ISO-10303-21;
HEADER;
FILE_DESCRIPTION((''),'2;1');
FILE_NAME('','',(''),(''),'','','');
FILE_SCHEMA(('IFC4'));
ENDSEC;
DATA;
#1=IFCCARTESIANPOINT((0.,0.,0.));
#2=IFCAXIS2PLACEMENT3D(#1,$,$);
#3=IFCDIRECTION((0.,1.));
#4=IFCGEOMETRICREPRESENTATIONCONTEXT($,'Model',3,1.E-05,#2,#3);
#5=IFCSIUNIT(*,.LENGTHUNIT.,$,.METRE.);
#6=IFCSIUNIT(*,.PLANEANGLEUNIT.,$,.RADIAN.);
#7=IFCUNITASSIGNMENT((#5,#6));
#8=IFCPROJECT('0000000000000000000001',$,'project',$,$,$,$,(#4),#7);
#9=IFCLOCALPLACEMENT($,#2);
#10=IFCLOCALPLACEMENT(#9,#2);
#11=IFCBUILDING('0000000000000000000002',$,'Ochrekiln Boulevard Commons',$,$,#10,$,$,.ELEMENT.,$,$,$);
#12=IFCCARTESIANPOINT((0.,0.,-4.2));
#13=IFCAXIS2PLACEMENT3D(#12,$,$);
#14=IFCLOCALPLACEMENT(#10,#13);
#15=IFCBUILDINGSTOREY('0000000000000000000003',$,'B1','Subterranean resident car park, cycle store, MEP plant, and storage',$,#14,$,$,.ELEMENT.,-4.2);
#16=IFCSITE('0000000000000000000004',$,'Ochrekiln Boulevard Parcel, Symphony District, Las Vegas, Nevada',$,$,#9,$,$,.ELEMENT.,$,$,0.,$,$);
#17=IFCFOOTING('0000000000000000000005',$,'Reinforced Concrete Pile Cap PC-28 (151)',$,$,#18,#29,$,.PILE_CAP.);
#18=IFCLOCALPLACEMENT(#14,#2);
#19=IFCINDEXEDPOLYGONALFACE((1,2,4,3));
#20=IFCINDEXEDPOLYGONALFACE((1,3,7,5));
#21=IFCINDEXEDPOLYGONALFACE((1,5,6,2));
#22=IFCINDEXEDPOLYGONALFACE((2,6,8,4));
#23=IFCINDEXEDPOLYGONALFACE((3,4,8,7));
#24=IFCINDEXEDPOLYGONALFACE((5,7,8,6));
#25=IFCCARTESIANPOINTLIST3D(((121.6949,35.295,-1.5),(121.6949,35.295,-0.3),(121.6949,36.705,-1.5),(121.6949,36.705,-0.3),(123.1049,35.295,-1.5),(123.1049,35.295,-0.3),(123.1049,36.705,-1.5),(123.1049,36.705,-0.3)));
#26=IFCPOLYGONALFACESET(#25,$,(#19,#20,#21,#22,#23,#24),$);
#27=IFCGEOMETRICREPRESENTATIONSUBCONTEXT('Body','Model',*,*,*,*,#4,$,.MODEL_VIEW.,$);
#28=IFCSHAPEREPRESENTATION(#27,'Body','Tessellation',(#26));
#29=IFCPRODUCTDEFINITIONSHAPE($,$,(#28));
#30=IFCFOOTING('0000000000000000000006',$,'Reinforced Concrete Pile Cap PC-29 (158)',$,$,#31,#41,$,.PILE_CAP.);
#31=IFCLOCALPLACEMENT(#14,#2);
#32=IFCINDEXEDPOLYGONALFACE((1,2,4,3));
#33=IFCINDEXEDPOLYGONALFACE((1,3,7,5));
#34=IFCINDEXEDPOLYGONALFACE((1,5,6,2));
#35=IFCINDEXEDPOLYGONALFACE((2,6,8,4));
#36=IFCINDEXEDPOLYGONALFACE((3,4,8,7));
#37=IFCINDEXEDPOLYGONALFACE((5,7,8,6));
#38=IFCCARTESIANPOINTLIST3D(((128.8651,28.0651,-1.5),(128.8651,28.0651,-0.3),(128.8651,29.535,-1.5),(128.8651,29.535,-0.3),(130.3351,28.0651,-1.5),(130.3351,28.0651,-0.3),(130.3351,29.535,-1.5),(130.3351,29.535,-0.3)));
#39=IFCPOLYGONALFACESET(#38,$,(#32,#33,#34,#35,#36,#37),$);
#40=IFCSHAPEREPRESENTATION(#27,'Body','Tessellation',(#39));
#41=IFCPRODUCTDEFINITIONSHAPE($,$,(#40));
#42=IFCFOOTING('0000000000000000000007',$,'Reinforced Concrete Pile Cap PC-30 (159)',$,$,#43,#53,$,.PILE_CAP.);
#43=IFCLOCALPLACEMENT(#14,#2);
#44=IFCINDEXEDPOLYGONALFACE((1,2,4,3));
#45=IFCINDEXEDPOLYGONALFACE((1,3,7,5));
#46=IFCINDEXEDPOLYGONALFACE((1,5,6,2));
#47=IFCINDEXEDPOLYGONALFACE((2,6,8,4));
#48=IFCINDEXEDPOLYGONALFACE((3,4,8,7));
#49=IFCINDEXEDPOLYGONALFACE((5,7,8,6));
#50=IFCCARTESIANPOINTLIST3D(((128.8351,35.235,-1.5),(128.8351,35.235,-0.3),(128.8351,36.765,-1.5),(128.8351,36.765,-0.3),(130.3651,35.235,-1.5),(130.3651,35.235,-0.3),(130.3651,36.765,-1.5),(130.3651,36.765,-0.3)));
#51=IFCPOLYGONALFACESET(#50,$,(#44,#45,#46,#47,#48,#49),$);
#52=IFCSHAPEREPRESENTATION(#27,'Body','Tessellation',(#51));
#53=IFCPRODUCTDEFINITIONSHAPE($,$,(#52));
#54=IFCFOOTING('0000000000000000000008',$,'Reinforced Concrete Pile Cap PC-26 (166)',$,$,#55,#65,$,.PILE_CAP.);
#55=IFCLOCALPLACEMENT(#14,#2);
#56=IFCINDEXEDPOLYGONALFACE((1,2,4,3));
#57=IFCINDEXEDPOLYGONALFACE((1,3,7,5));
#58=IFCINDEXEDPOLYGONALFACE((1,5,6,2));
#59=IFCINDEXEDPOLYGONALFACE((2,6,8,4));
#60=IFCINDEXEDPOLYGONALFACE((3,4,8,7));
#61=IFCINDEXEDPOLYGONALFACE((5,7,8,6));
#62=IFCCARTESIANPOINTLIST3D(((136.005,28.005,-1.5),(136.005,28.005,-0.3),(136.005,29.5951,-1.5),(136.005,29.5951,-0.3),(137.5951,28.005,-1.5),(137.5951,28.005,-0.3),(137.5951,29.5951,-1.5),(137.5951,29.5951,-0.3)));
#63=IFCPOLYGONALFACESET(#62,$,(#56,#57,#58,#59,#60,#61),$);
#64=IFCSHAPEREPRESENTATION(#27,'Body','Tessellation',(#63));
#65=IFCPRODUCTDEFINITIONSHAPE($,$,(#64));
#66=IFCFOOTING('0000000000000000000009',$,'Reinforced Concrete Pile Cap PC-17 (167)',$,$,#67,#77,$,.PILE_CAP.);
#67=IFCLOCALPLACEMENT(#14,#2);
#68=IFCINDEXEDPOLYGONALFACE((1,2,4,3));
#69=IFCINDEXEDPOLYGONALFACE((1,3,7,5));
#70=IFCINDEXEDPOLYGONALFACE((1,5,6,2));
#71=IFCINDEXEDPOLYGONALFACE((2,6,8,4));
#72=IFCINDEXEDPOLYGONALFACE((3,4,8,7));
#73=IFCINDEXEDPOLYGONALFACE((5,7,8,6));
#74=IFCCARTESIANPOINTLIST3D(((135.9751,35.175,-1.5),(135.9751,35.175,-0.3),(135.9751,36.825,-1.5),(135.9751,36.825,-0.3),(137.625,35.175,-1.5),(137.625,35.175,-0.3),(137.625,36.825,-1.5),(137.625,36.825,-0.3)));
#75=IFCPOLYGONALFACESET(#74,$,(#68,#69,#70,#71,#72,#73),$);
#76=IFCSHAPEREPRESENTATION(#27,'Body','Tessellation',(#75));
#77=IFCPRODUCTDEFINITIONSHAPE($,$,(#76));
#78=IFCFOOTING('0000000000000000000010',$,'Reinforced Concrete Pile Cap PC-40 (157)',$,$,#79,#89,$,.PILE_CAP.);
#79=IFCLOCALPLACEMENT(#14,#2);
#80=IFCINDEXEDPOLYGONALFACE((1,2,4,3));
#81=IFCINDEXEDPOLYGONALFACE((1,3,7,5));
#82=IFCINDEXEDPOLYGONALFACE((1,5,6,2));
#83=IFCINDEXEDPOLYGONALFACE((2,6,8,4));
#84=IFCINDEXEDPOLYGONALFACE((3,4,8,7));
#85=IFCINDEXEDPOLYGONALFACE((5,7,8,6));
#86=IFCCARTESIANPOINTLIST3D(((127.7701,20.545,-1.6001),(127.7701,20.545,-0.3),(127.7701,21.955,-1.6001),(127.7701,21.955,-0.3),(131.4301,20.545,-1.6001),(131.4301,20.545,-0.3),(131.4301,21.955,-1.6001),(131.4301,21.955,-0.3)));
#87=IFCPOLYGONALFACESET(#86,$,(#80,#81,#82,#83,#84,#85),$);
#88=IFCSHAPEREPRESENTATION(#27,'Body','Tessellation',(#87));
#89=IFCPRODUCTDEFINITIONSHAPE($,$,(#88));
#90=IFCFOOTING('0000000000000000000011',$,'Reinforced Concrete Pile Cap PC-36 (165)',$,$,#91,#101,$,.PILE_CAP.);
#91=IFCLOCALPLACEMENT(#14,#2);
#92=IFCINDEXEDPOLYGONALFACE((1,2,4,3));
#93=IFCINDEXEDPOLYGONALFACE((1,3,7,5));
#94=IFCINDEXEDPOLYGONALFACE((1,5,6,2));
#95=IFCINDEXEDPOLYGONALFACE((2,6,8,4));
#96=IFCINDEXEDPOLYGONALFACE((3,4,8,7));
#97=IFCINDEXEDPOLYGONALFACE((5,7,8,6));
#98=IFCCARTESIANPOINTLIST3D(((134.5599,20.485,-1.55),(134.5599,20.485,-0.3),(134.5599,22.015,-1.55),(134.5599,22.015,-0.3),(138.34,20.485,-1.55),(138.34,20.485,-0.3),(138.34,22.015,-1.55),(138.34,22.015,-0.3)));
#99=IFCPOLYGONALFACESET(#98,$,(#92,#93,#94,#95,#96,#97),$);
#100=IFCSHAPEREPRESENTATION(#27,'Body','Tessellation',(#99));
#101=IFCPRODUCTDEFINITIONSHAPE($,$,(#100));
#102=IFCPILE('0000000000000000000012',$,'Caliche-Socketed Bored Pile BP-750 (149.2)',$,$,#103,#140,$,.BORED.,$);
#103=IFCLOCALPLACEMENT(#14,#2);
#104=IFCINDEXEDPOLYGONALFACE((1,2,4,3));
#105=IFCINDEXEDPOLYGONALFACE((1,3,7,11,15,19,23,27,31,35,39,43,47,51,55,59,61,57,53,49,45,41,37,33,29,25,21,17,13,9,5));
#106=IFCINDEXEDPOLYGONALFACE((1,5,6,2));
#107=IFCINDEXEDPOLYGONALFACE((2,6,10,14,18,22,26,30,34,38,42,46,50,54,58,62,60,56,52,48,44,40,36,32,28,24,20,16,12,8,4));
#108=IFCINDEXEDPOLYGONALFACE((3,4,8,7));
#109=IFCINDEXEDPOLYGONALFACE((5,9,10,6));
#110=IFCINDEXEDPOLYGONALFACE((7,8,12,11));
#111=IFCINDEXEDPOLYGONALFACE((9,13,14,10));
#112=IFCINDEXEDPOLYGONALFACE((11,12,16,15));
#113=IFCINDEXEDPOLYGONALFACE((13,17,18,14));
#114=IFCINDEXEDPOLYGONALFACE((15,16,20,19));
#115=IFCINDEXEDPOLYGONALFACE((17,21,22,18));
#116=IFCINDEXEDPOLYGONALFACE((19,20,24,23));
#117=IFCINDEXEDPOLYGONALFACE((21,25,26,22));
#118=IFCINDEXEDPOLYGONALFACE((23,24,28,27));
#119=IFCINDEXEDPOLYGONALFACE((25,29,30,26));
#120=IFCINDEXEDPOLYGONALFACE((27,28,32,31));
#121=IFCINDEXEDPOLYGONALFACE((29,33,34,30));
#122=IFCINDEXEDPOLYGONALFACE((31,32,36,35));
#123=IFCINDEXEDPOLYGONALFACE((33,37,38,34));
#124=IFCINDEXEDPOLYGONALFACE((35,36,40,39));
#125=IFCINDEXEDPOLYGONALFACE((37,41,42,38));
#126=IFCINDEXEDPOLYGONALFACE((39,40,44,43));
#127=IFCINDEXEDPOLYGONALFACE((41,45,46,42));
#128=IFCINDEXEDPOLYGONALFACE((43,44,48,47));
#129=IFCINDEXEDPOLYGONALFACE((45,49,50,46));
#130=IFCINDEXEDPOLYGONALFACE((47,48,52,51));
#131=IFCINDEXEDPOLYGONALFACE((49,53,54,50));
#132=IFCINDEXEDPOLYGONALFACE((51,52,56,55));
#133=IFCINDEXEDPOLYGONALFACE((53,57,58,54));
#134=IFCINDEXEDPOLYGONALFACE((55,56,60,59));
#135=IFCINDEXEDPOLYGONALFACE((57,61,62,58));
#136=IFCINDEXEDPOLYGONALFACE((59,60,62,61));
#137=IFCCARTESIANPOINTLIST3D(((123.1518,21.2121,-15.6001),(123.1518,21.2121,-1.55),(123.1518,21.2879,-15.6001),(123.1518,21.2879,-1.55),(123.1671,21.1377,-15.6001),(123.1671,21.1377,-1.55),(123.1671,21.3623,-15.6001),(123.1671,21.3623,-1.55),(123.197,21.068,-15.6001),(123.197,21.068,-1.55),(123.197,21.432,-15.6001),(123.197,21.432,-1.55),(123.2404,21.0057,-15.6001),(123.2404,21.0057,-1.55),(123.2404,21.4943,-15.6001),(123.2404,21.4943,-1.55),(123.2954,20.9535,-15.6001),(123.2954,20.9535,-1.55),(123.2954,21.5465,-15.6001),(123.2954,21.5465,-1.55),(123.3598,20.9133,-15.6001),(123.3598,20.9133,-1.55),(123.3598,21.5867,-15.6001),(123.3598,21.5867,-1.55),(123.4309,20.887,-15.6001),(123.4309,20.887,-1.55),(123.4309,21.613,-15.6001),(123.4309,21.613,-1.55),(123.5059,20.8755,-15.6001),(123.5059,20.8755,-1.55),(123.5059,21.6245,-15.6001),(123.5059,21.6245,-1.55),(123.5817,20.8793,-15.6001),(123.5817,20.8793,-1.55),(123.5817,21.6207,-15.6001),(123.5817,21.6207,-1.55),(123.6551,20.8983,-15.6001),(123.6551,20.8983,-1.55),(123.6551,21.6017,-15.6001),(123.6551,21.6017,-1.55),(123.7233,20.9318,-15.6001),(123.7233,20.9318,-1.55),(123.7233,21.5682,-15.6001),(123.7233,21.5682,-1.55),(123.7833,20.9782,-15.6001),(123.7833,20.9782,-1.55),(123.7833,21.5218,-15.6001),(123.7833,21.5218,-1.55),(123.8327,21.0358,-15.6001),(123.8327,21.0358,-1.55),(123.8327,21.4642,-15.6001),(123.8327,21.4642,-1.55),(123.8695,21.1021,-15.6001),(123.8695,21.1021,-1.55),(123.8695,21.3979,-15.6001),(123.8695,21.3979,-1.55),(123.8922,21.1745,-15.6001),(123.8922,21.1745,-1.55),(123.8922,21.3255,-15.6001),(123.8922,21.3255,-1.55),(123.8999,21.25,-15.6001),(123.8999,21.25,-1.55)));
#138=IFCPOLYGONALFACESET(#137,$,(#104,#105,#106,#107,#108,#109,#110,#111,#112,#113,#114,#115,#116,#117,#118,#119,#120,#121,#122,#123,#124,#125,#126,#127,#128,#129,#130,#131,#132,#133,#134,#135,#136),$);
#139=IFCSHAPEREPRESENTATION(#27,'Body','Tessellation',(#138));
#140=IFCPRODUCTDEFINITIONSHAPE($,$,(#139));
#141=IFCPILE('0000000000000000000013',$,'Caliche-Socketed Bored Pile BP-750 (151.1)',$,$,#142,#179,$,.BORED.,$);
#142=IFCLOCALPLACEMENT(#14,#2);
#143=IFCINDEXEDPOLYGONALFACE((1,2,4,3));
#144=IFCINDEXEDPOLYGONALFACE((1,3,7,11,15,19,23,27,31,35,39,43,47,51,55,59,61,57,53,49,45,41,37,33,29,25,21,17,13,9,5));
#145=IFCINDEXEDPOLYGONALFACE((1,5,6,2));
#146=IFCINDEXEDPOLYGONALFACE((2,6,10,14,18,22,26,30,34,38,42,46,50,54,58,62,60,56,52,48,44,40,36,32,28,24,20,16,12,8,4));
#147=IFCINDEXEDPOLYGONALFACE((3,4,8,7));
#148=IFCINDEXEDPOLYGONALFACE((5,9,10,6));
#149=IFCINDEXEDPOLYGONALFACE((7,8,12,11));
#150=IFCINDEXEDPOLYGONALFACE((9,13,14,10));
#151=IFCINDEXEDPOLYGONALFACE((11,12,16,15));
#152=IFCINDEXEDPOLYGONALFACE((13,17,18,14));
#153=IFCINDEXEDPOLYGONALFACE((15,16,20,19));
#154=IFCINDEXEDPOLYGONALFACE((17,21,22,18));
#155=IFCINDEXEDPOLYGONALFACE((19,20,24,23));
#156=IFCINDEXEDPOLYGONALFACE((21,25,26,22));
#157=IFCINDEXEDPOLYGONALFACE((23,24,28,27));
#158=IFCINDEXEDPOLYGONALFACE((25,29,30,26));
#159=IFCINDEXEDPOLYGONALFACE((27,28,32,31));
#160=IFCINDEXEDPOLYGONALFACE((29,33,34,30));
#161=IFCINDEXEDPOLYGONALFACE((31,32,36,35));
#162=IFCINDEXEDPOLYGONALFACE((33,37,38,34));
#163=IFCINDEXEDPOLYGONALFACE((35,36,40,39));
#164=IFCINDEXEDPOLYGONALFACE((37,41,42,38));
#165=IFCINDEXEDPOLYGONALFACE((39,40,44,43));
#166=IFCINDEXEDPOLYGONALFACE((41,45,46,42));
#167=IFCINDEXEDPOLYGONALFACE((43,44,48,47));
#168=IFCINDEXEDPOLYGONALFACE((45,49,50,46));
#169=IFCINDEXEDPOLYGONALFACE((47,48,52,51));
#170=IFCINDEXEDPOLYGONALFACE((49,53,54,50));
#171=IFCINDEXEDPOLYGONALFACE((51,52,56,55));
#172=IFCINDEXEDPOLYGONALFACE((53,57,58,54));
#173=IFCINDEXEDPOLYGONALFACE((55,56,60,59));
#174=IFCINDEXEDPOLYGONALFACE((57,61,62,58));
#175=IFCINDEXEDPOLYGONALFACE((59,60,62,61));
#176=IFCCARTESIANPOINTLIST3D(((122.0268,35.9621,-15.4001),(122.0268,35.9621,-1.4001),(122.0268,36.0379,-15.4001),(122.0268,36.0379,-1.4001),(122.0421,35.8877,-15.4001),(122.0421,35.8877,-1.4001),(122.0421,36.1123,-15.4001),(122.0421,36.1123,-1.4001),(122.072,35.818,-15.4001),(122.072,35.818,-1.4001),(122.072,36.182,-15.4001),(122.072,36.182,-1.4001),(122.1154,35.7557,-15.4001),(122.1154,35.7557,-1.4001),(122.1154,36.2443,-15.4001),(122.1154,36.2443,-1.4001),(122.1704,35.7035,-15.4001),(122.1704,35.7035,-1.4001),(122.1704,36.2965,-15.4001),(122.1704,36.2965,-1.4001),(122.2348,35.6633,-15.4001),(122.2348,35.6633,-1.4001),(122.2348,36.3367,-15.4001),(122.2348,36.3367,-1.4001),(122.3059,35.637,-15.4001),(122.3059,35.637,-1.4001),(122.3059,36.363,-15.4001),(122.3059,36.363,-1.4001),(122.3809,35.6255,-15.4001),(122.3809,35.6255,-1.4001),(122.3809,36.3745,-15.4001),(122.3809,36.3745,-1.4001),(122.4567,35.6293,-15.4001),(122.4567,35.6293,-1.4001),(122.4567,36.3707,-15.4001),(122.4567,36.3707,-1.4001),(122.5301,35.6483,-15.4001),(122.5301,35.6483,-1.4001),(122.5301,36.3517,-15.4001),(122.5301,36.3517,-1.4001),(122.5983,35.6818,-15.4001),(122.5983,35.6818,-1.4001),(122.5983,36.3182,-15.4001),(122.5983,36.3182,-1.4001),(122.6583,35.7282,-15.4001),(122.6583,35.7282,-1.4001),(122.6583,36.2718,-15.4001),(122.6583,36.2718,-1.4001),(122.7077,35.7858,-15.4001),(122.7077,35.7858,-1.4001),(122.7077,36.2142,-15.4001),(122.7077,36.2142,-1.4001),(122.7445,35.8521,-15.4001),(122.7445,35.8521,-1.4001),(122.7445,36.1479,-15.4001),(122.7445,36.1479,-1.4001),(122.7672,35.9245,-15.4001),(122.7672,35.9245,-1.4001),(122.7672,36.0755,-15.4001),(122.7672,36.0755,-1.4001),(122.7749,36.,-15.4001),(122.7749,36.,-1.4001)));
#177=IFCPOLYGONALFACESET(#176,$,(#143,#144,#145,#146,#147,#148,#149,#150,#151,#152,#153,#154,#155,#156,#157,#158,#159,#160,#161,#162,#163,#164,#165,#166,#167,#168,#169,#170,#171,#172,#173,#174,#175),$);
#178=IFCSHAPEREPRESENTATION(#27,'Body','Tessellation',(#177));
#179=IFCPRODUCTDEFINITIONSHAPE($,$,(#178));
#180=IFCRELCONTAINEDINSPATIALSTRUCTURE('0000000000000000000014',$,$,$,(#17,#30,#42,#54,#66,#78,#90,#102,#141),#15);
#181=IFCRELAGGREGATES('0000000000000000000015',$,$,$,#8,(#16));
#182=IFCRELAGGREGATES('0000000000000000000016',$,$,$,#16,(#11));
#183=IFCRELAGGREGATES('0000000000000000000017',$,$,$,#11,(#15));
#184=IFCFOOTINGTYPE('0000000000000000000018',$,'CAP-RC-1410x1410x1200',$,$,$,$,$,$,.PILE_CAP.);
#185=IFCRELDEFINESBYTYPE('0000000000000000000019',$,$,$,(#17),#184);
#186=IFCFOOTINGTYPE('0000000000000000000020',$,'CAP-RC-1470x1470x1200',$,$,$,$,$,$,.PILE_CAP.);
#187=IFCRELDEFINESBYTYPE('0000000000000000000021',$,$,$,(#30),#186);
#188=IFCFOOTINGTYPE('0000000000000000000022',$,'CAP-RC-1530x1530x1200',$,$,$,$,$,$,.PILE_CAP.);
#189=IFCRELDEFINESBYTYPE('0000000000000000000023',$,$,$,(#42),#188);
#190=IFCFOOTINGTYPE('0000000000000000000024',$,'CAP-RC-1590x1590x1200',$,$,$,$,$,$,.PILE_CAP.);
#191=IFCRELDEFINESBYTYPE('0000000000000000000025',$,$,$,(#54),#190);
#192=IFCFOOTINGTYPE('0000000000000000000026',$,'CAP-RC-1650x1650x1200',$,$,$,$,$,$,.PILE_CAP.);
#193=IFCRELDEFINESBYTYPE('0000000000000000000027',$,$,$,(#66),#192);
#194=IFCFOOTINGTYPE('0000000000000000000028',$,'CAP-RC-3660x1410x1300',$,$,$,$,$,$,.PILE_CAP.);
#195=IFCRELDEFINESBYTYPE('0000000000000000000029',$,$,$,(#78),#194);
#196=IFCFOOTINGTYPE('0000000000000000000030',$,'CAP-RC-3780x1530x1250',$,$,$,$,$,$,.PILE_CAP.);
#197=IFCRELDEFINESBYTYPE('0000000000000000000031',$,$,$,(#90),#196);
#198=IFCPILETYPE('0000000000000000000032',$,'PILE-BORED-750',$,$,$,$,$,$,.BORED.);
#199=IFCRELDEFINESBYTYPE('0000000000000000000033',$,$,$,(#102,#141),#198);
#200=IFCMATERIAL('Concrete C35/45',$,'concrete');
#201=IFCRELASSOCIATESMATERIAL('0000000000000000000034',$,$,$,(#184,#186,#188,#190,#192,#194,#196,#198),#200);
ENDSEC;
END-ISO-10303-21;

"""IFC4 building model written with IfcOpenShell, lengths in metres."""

from ifc_helpers import new_model, si_unit, direction, frame, origin, origin_2d, place, context, subcontext, project, spatial, rectangle, circle, extrude, material, material_profile, profile_set, type_object, element, save


model = new_model("IFC4")

# Units and contexts
model_context = context("Model", 3, precision=1e-05, world=origin(), true_north=direction((0.0, 1.0)))
body_context = subcontext(model_context, "Body", "Model", "MODEL_VIEW")
ifc_project = project(units=[si_unit("LENGTHUNIT", "METRE"), si_unit("PLANEANGLEUNIT", "RADIAN")], contexts=[model_context])

# Site, building, storey
site_placement = place(None, origin())
site = spatial("IfcSite", under=ifc_project, at=site_placement, Name="Ochrekiln Boulevard Parcel, Symphony District, Las Vegas, Nevada", CompositionType="ELEMENT", RefElevation=0.0)
building_placement = place(site_placement, origin())
building = spatial("IfcBuilding", under=site, at=building_placement, Name="Ochrekiln Boulevard Commons", CompositionType="ELEMENT")
storey_placement = place(building_placement, frame((0.0, 0.0, -4.2)))
storey = spatial("IfcBuildingStorey", under=building, at=storey_placement, Name="B1", Description="Subterranean resident car park, cycle store, MEP plant, and storage", CompositionType="ELEMENT", Elevation=-4.2)

# Footings
ifc_material_1 = material(Name="Concrete C35/45", Category="concrete")
footing_type_1 = type_object("IfcFootingType", Name="CAP-RC-1410x1410x1200", PredefinedType="PILE_CAP", material=ifc_material_1)
footing_1_placement = place(storey_placement, frame((122.3999, 36.0, -1.5), z_axis=(0.0, 0.0, 1.0), x_axis=(1.0, 0.0, 0.0)))
element("IfcFooting", 1, at=footing_1_placement, inside=storey, type_object=footing_type_1, Name="Reinforced Concrete Pile Cap PC-28 (151)", PredefinedType="PILE_CAP", context=body_context, shape_type="SweptSolid", body=[
    extrude(rectangle(XDim=1.4099, YDim=1.4099, at=origin_2d()), origin(), (0.0, 0.0, 1.0), 1.2),
])
footing_type_2 = type_object("IfcFootingType", Name="CAP-RC-1470x1470x1200", PredefinedType="PILE_CAP", material=ifc_material_1)
footing_2_placement = place(storey_placement, frame((129.6001, 28.8, -1.5), z_axis=(0.0, 0.0, 1.0), x_axis=(1.0, 0.0, 0.0)))
element("IfcFooting", 2, at=footing_2_placement, inside=storey, type_object=footing_type_2, Name="Reinforced Concrete Pile Cap PC-29 (158)", PredefinedType="PILE_CAP", context=body_context, shape_type="SweptSolid", body=[
    extrude(rectangle(XDim=1.47, YDim=1.47, at=origin_2d()), origin(), (0.0, 0.0, 1.0), 1.2),
])
footing_type_3 = type_object("IfcFootingType", Name="CAP-RC-1530x1530x1200", PredefinedType="PILE_CAP", material=ifc_material_1)
footing_3_placement = place(storey_placement, frame((129.6001, 36.0, -1.5), z_axis=(0.0, 0.0, 1.0), x_axis=(1.0, 0.0, 0.0)))
element("IfcFooting", 3, at=footing_3_placement, inside=storey, type_object=footing_type_3, Name="Reinforced Concrete Pile Cap PC-30 (159)", PredefinedType="PILE_CAP", context=body_context, shape_type="SweptSolid", body=[
    extrude(rectangle(XDim=1.53, YDim=1.53, at=origin_2d()), origin(), (0.0, 0.0, 1.0), 1.2),
])
footing_type_4 = type_object("IfcFootingType", Name="CAP-RC-1590x1590x1200", PredefinedType="PILE_CAP", material=ifc_material_1)
footing_4_placement = place(storey_placement, frame((136.8, 28.8, -1.5), z_axis=(0.0, 0.0, 1.0), x_axis=(1.0, 0.0, 0.0)))
element("IfcFooting", 4, at=footing_4_placement, inside=storey, type_object=footing_type_4, Name="Reinforced Concrete Pile Cap PC-26 (166)", PredefinedType="PILE_CAP", context=body_context, shape_type="SweptSolid", body=[
    extrude(rectangle(XDim=1.5901, YDim=1.5901, at=origin_2d()), origin(), (0.0, 0.0, 1.0), 1.2),
])
footing_type_5 = type_object("IfcFootingType", Name="CAP-RC-1650x1650x1200", PredefinedType="PILE_CAP", material=ifc_material_1)
footing_5_placement = place(storey_placement, frame((136.8, 36.0, -1.5), z_axis=(0.0, 0.0, 1.0), x_axis=(1.0, 0.0, 0.0)))
element("IfcFooting", 5, at=footing_5_placement, inside=storey, type_object=footing_type_5, Name="Reinforced Concrete Pile Cap PC-17 (167)", PredefinedType="PILE_CAP", context=body_context, shape_type="SweptSolid", body=[
    extrude(rectangle(XDim=1.6499, YDim=1.6499, at=origin_2d()), origin(), (0.0, 0.0, 1.0), 1.2),
])
footing_type_6 = type_object("IfcFootingType", Name="CAP-RC-3660x1410x1300", PredefinedType="PILE_CAP", material=ifc_material_1)
footing_6_placement = place(storey_placement, frame((129.6001, 21.25, -1.6001), z_axis=(0.0, 0.0, 1.0), x_axis=(1.0, 0.0, 0.0)))
element("IfcFooting", 6, at=footing_6_placement, inside=storey, type_object=footing_type_6, Name="Reinforced Concrete Pile Cap PC-40 (157)", PredefinedType="PILE_CAP", context=body_context, shape_type="SweptSolid", body=[
    extrude(rectangle(XDim=3.6599, YDim=1.4099, at=origin_2d()), origin(), (0.0, 0.0, 1.0), 1.3),
])
footing_type_7 = type_object("IfcFootingType", Name="CAP-RC-3780x1530x1250", PredefinedType="PILE_CAP", material=ifc_material_1)
footing_7_placement = place(storey_placement, frame((136.45, 21.25, -1.55), z_axis=(0.0, 0.0, 1.0), x_axis=(1.0, 0.0, 0.0)))
element("IfcFooting", 7, at=footing_7_placement, inside=storey, type_object=footing_type_7, Name="Reinforced Concrete Pile Cap PC-36 (165)", PredefinedType="PILE_CAP", context=body_context, shape_type="SweptSolid", body=[
    extrude(rectangle(XDim=3.78, YDim=1.53, at=origin_2d()), origin(), (0.0, 0.0, 1.0), 1.25),
])

# Piles
ifc_material_profile_1 = material_profile(ifc_material_1, circle(Radius=0.375, at=origin_2d()), Name="PILE-D750")
ifc_profile_set_1 = profile_set([ifc_material_profile_1], Name="Concrete C35/45")
pile_type = type_object("IfcPileType", Name="PILE-BORED-750", PredefinedType="BORED", material=ifc_profile_set_1)
pile_1_placement = place(storey_placement, frame((123.5249, 21.25, -1.55), z_axis=(0.0, 0.0, -1.0), x_axis=(1.0, 0.0, 0.0)))
element("IfcPile", 8, at=pile_1_placement, inside=storey, type_object=pile_type, Name="Caliche-Socketed Bored Pile BP-750 (149.2)", PredefinedType="BORED", context=body_context, shape_type="SweptSolid", body=[
    extrude(circle(Radius=0.375, at=origin_2d()), origin(), (0.0, 0.0, 1.0), 14.05),
])
pile_2_placement = place(storey_placement, frame((122.3999, 36.0, -1.4001), z_axis=(0.0, 0.0, -1.0), x_axis=(1.0, 0.0, 0.0)))
element("IfcPile", 9, at=pile_2_placement, inside=storey, type_object=pile_type, Name="Caliche-Socketed Bored Pile BP-750 (151.1)", PredefinedType="BORED", context=body_context, shape_type="SweptSolid", body=[
    extrude(circle(Radius=0.375, at=origin_2d()), origin(), (0.0, 0.0, 1.0), 14.0),
])

save(model, "model.ifc")
